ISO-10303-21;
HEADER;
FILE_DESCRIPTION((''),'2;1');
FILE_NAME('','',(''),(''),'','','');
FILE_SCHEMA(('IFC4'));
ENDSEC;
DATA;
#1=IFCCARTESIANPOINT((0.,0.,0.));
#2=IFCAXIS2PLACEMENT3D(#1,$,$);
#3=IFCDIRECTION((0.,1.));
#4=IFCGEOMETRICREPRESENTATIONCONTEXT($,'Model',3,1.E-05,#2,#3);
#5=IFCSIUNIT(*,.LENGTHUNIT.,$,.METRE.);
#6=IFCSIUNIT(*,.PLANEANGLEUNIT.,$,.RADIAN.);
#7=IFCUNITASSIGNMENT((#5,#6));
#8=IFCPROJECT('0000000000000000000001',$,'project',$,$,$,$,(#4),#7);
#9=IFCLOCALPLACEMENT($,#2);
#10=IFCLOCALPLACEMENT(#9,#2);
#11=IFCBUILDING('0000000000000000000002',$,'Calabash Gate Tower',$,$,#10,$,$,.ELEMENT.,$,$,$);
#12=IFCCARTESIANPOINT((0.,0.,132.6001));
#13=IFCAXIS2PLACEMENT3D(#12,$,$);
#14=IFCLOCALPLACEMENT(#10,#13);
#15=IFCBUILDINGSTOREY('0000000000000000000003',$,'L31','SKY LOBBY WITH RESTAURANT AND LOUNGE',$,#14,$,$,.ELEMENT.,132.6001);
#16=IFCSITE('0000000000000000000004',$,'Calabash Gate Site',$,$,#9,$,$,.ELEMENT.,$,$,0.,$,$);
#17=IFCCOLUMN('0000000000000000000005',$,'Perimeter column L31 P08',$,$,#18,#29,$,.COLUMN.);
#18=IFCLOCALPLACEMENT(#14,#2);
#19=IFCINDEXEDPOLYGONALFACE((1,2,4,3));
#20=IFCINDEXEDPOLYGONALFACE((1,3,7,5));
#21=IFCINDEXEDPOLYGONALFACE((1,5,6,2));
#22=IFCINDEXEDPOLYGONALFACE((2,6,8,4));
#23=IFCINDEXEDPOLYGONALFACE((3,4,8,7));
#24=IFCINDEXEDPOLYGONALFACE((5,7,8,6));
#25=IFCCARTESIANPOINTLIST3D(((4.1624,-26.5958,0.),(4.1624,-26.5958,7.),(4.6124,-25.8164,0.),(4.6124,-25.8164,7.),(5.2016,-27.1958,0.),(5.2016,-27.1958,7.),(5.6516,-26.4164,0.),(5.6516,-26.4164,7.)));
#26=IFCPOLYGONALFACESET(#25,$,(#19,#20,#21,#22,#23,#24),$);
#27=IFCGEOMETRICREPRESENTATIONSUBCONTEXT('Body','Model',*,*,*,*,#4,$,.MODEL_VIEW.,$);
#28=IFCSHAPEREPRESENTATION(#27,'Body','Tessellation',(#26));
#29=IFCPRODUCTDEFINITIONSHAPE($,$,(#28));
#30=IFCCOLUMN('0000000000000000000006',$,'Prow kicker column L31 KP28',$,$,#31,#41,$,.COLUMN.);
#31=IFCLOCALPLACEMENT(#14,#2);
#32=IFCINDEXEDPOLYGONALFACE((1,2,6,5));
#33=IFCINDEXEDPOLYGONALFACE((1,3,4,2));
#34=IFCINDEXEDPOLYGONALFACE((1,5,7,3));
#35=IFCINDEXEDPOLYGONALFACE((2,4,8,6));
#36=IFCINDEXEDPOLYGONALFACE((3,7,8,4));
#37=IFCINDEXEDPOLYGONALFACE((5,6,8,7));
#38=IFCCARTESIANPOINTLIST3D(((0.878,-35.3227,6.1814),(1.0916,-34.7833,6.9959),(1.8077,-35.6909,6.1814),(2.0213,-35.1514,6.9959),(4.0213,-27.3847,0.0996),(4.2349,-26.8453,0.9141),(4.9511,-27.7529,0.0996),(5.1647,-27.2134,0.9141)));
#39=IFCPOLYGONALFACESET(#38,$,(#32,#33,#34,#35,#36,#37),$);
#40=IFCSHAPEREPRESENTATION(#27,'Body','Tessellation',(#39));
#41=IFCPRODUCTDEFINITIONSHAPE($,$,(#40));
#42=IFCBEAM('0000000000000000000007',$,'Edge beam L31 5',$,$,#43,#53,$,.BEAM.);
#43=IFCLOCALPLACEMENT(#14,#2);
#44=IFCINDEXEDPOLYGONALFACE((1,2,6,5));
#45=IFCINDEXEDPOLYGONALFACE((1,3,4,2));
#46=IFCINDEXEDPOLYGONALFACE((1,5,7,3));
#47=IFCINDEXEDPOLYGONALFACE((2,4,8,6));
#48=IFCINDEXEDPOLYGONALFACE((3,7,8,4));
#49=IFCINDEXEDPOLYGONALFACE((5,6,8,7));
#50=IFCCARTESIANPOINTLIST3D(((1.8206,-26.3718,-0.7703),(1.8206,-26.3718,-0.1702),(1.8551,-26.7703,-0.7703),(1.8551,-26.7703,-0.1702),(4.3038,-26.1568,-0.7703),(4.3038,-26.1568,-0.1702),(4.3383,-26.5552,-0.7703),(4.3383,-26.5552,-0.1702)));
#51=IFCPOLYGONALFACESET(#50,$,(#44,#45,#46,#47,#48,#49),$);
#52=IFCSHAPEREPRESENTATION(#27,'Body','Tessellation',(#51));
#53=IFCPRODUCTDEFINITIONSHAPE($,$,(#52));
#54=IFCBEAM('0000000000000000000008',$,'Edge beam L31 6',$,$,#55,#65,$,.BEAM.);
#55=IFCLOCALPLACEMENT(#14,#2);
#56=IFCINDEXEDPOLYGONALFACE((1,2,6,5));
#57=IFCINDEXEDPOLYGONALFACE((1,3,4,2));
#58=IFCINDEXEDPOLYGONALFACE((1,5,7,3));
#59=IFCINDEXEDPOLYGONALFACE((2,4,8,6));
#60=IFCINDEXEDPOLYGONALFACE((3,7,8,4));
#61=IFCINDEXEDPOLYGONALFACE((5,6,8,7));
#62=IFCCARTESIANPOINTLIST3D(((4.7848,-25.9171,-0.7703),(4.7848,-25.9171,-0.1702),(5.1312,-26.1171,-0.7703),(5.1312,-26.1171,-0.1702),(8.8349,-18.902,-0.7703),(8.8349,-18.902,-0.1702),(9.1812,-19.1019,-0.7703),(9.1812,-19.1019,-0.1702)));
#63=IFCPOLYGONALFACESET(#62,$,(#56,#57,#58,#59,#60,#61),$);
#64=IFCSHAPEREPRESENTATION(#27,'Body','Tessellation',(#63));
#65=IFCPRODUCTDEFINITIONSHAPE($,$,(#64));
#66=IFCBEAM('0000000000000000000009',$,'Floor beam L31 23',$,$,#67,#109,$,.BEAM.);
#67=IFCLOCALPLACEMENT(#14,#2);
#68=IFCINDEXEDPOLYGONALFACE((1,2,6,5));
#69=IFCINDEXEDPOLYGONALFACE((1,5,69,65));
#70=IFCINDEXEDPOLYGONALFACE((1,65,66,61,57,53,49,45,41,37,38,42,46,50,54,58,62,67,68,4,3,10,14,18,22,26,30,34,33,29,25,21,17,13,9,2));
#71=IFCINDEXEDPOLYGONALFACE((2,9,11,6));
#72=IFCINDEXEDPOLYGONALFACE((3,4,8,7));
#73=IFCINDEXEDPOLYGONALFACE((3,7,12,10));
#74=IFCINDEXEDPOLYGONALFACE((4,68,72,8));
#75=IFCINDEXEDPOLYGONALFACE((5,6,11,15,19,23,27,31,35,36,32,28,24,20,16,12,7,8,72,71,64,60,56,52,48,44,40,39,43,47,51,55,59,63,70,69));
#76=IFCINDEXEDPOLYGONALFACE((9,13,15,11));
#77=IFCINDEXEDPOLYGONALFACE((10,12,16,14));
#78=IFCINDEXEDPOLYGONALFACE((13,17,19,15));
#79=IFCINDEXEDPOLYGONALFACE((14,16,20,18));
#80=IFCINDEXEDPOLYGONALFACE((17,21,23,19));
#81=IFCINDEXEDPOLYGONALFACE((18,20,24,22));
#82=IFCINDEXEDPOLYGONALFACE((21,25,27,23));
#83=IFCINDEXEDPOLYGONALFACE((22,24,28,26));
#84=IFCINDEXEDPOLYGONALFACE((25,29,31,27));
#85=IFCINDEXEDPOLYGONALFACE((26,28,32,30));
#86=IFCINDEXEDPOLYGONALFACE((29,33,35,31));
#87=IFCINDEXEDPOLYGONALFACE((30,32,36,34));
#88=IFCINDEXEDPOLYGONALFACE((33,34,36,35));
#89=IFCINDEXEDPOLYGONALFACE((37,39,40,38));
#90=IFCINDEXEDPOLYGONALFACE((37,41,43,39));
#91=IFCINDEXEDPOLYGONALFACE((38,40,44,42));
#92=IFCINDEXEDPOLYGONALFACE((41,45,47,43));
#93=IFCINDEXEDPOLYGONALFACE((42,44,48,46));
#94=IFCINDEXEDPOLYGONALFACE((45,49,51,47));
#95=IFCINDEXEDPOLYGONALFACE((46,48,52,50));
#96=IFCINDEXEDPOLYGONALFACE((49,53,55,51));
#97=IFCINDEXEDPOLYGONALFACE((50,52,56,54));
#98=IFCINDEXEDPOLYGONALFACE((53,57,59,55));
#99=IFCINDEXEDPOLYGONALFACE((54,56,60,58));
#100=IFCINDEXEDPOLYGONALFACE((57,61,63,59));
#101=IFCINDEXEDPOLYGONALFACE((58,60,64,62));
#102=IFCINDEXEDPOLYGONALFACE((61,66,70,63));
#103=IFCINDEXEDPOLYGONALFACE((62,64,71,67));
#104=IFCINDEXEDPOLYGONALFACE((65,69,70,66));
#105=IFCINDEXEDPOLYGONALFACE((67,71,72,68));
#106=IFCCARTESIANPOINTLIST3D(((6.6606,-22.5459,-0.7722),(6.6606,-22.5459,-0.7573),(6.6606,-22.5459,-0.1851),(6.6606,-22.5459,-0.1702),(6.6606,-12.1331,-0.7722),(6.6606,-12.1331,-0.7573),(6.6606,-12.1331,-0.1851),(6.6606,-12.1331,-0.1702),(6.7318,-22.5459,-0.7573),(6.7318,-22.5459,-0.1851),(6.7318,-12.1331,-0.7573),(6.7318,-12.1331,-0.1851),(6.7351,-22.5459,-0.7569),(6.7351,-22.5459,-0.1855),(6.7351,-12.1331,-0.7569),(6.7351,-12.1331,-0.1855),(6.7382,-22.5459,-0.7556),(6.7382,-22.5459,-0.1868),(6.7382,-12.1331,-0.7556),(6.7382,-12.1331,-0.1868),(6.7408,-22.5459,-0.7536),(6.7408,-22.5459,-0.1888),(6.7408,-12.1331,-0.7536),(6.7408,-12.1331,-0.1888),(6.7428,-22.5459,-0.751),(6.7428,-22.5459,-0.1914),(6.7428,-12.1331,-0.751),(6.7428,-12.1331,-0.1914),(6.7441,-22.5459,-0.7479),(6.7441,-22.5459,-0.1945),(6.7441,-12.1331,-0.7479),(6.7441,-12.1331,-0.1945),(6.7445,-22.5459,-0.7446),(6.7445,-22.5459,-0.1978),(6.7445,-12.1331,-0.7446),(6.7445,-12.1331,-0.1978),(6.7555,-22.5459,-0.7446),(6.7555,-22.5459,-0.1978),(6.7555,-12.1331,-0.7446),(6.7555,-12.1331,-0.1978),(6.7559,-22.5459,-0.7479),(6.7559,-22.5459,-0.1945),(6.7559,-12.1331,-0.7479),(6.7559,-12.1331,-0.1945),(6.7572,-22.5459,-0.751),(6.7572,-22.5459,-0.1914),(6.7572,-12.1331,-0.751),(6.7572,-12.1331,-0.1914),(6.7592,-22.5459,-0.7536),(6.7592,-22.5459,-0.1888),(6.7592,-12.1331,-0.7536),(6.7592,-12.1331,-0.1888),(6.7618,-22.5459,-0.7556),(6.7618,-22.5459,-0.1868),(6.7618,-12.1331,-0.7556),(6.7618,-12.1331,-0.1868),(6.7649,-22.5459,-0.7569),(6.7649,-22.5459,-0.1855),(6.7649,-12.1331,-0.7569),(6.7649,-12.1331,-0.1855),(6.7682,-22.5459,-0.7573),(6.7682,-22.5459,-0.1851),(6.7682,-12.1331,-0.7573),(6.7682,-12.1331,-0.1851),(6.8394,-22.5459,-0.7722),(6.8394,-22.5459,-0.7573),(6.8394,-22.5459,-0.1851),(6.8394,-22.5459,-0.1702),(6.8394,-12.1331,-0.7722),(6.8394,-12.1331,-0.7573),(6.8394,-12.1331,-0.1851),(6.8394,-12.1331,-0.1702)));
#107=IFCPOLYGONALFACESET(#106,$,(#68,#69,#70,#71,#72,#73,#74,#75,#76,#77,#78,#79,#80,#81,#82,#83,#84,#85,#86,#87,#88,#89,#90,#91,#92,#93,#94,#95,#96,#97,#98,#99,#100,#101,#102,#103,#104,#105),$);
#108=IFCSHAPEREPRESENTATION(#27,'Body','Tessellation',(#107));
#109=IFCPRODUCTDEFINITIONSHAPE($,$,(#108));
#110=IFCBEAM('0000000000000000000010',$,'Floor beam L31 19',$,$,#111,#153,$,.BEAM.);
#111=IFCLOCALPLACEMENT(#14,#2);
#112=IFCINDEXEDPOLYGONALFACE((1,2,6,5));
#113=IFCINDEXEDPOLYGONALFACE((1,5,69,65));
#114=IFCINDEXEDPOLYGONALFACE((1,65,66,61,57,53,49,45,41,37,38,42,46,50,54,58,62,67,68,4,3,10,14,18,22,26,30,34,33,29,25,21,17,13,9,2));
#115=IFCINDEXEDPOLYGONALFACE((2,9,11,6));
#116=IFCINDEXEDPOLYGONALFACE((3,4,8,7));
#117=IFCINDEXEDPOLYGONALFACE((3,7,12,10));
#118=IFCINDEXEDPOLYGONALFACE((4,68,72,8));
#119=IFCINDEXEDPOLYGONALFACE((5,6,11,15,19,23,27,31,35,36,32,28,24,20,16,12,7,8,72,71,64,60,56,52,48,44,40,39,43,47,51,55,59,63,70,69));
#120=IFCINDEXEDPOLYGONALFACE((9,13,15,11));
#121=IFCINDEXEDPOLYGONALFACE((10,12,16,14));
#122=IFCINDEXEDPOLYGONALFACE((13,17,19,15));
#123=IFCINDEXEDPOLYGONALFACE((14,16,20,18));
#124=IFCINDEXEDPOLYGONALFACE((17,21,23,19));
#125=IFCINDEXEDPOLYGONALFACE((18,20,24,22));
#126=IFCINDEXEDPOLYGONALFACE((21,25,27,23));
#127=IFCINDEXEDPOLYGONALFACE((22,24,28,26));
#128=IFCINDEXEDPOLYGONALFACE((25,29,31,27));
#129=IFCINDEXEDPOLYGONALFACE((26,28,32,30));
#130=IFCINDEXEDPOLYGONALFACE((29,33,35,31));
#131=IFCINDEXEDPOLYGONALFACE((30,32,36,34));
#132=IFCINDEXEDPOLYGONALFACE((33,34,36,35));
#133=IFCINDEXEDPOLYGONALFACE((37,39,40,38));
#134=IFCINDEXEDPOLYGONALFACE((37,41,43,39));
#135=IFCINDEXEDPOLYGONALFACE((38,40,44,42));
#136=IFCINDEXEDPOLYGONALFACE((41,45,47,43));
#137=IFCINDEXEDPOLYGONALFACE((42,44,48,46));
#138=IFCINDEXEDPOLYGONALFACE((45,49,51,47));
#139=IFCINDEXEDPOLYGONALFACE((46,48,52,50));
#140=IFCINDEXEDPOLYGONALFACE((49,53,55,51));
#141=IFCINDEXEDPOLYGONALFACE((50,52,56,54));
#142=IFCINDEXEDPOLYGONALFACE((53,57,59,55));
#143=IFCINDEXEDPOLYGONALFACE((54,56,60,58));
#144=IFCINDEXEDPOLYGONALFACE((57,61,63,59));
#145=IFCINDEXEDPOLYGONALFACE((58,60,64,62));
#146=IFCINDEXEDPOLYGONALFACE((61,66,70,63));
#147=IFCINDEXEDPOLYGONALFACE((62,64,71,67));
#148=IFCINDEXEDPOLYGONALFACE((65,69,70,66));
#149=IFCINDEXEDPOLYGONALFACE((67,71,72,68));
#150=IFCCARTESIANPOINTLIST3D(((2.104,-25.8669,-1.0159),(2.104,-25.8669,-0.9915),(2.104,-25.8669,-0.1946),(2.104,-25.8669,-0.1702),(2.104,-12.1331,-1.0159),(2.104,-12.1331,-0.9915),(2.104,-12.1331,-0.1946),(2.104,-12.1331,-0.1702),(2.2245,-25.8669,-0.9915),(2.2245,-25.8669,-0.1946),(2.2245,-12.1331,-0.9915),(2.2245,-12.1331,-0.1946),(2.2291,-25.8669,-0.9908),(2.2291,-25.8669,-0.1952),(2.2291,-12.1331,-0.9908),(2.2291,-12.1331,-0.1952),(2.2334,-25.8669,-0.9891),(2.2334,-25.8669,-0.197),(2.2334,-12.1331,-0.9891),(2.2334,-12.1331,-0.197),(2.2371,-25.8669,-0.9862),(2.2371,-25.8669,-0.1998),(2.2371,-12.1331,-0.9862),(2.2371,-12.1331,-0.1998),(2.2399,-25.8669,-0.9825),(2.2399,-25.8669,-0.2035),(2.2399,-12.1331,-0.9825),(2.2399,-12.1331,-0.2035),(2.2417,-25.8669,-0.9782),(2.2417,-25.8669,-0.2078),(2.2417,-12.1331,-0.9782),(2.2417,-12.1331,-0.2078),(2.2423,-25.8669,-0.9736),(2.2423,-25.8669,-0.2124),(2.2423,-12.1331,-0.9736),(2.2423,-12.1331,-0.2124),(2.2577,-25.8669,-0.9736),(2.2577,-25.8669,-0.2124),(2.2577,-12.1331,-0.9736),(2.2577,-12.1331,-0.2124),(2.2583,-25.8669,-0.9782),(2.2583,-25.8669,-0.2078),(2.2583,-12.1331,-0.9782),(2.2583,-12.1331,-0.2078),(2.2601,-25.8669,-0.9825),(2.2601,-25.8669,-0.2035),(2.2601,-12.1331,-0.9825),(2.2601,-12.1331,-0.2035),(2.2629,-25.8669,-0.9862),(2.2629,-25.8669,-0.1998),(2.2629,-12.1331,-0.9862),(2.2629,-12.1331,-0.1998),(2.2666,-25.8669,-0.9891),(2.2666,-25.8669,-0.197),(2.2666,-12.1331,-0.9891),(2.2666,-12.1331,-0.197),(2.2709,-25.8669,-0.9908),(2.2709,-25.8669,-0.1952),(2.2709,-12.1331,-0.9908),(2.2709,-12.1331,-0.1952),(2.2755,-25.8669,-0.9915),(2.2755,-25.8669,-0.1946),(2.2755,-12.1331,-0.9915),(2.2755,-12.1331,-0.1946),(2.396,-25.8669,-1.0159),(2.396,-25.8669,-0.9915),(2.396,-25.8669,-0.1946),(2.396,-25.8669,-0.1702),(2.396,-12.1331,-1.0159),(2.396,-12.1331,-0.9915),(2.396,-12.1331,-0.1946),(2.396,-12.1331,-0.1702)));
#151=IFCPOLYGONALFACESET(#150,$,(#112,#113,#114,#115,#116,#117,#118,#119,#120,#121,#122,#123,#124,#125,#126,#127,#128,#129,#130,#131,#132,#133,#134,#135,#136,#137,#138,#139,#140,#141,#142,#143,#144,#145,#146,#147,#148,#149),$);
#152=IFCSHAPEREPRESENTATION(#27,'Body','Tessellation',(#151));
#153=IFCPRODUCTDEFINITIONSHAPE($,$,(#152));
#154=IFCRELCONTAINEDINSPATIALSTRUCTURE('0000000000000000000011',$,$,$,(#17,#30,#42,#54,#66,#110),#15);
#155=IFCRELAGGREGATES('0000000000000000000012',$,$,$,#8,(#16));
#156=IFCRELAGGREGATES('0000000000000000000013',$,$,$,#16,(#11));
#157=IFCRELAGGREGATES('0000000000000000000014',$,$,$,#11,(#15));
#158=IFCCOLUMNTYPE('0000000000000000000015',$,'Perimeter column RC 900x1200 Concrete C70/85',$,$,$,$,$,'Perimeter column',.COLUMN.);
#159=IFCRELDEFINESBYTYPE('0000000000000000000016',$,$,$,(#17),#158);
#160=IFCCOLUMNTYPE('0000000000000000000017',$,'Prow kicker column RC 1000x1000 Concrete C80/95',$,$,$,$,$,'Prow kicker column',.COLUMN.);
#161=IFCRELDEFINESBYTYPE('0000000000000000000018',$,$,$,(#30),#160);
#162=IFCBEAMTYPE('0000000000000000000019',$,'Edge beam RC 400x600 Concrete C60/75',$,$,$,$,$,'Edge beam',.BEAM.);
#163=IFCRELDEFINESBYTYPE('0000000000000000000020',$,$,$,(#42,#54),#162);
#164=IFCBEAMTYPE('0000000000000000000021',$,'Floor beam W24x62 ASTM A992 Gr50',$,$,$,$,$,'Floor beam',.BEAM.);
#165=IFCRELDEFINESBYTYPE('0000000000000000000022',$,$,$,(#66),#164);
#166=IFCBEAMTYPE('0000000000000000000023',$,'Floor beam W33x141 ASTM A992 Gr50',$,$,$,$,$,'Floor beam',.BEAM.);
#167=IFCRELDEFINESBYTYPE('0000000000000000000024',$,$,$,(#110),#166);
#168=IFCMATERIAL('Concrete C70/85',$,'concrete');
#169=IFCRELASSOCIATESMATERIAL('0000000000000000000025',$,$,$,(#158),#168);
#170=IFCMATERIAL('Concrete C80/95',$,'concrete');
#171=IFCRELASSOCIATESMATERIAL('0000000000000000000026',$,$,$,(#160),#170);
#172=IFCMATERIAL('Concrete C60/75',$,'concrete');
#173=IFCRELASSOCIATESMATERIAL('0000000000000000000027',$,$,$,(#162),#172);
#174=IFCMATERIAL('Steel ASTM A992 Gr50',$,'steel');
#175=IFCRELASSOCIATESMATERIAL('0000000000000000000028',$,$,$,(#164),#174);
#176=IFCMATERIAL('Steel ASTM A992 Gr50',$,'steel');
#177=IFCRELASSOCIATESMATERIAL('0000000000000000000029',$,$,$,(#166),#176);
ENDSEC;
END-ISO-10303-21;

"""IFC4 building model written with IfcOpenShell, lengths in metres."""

from ifc_helpers import new_model, si_unit, direction, frame, origin, origin_2d, place, context, subcontext, project, spatial, rectangle, i_section, extrude, clip, halfspace, material, material_profile, profile_set, type_object, element, save


model = new_model("IFC4")

# Units and contexts
model_context = context("Model", 3, precision=1e-05, world=origin(), true_north=direction((0.0, 1.0)))
body_context = subcontext(model_context, "Body", "Model", "MODEL_VIEW")
ifc_project = project(units=[si_unit("LENGTHUNIT", "METRE"), si_unit("PLANEANGLEUNIT", "RADIAN")], contexts=[model_context])

# Site, building, storey
site_placement = place(None, origin())
site = spatial("IfcSite", under=ifc_project, at=site_placement, Name="Calabash Gate Site", CompositionType="ELEMENT", RefElevation=0.0)
building_placement = place(site_placement, origin())
building = spatial("IfcBuilding", under=site, at=building_placement, Name="Calabash Gate Tower", CompositionType="ELEMENT")
storey_placement = place(building_placement, frame((0.0, 0.0, 132.6001)))
storey = spatial("IfcBuildingStorey", under=building, at=storey_placement, Name="L31", Description="SKY LOBBY WITH RESTAURANT AND LOUNGE", CompositionType="ELEMENT", Elevation=132.6001)

# Columns
ifc_material_1 = material(Name="Concrete C70/85", Category="concrete")
ifc_material_profile_1 = material_profile(ifc_material_1, rectangle(XDim=0.8999, YDim=1.2, at=origin_2d()))
ifc_profile_set_1 = profile_set([ifc_material_profile_1], Name="Concrete C70/85")
column_type_1 = type_object("IfcColumnType", Name="Perimeter column RC 900x1200 Concrete C70/85", ElementType="Perimeter column", PredefinedType="COLUMN", material=ifc_profile_set_1)
column_1_placement = place(storey_placement, frame((4.907, -26.5061, 0.0), z_axis=(0.0, 0.0, 1.0), x_axis=(0.5, 0.866025, 0.0)))
element("IfcColumn", 1, at=column_1_placement, inside=storey, type_object=column_type_1, Name="Perimeter column L31 P08", PredefinedType="COLUMN", context=body_context, shape_type="SweptSolid", body=[
    extrude(rectangle(XDim=0.8999, YDim=1.2, at=origin_2d()), origin(), (0.0, 0.0, 1.0), 7.0),
])
ifc_material_2 = material(Name="Concrete C80/95", Category="concrete")
ifc_material_profile_2 = material_profile(ifc_material_2, rectangle(XDim=1.0, YDim=1.0, at=origin_2d()))
ifc_profile_set_2 = profile_set([ifc_material_profile_2], Name="Concrete C80/95")
column_type_2 = type_object("IfcColumnType", Name="Prow kicker column RC 1000x1000 Concrete C80/95", ElementType="Prow kicker column", PredefinedType="COLUMN", material=ifc_profile_set_2)
column_2_placement = place(storey_placement, frame((4.593, -27.2991, 0.5068), z_axis=(-0.29987, -0.757267, 0.580194), x_axis=(0.213612, 0.539439, 0.814478)))
element("IfcColumn", 2, at=column_2_placement, inside=storey, type_object=column_type_2, Name="Prow kicker column L31 KP28", PredefinedType="COLUMN", context=body_context, shape_type="Clipping", body=[
    clip(extrude(rectangle(XDim=1.0, YDim=1.0, at=origin_2d()), origin(), (0.0, 0.0, 1.0), 11.1914), halfspace(frame((0.0, 0.0, 10.4824), z_axis=(0.0, 0.0, 1.0), x_axis=(1.0, 0.0, 0.0)), False)),
])

# Beams
ifc_material_3 = material(Name="Concrete C60/75", Category="concrete")
ifc_material_profile_3 = material_profile(ifc_material_3, rectangle(XDim=0.3999, YDim=0.6001, at=origin_2d()))
ifc_profile_set_3 = profile_set([ifc_material_profile_3], Name="Concrete C60/75")
beam_type_1 = type_object("IfcBeamType", Name="Edge beam RC 400x600 Concrete C60/75", ElementType="Edge beam", PredefinedType="BEAM", material=ifc_profile_set_3)
beam_1_placement = place(storey_placement, frame((1.8379, -26.571, -0.4702), z_axis=(0.99627, 0.086296, 0.0), x_axis=(-0.086296, 0.99627, 0.0)))
element("IfcBeam", 3, at=beam_1_placement, inside=storey, type_object=beam_type_1, Name="Edge beam L31 5", PredefinedType="BEAM", context=body_context, shape_type="SweptSolid", body=[
    extrude(rectangle(XDim=0.3999, YDim=0.6001, at=origin_2d()), origin(), (0.0, 0.0, 1.0), 2.4924),
])
beam_2_placement = place(storey_placement, frame((4.958, -26.0171, -0.4702), z_axis=(0.499987, 0.866033, 0.0), x_axis=(-0.866033, 0.499987, 0.0)))
element("IfcBeam", 4, at=beam_2_placement, inside=storey, type_object=beam_type_1, Name="Edge beam L31 6", PredefinedType="BEAM", context=body_context, shape_type="SweptSolid", body=[
    extrude(rectangle(XDim=0.3999, YDim=0.6001, at=origin_2d()), origin(), (0.0, 0.0, 1.0), 8.1003),
])
ifc_material_4 = material(Name="Steel ASTM A992 Gr50", Category="steel")
ifc_material_profile_4 = material_profile(ifc_material_4, i_section(OverallWidth=0.1787, OverallDepth=0.6021, WebThickness=0.011, FlangeThickness=0.0149, FilletRadius=0.0127, at=origin_2d()))
ifc_profile_set_4 = profile_set([ifc_material_profile_4], Name="Steel ASTM A992 Gr50")
beam_type_2 = type_object("IfcBeamType", Name="Floor beam W24x62 ASTM A992 Gr50", ElementType="Floor beam", PredefinedType="BEAM", material=ifc_profile_set_4)
beam_3_placement = place(storey_placement, frame((6.75, -22.5459, -0.4712), z_axis=(0.0, 1.0, 0.0), x_axis=(-1.0, 0.0, 0.0)))
element("IfcBeam", 5, at=beam_3_placement, inside=storey, type_object=beam_type_2, Name="Floor beam L31 23", PredefinedType="BEAM", context=body_context, shape_type="SweptSolid", body=[
    extrude(i_section(OverallWidth=0.1787, OverallDepth=0.6021, WebThickness=0.011, FlangeThickness=0.0149, FilletRadius=0.0127, at=origin_2d()), origin(), (0.0, 0.0, 1.0), 10.4128),
])
ifc_material_5 = material(Name="Steel ASTM A992 Gr50", Category="steel")
ifc_material_profile_5 = material_profile(ifc_material_5, i_section(OverallWidth=0.292, OverallDepth=0.8457, WebThickness=0.0154, FlangeThickness=0.0244, FilletRadius=0.0178, at=origin_2d()))
ifc_profile_set_5 = profile_set([ifc_material_profile_5], Name="Steel ASTM A992 Gr50")
beam_type_3 = type_object("IfcBeamType", Name="Floor beam W33x141 ASTM A992 Gr50", ElementType="Floor beam", PredefinedType="BEAM", material=ifc_profile_set_5)
beam_4_placement = place(storey_placement, frame((2.25, -25.8669, -0.593), z_axis=(0.0, 1.0, 0.0), x_axis=(-1.0, 0.0, 0.0)))
element("IfcBeam", 6, at=beam_4_placement, inside=storey, type_object=beam_type_3, Name="Floor beam L31 19", PredefinedType="BEAM", context=body_context, shape_type="SweptSolid", body=[
    extrude(i_section(OverallWidth=0.292, OverallDepth=0.8457, WebThickness=0.0154, FlangeThickness=0.0244, FilletRadius=0.0178, at=origin_2d()), origin(), (0.0, 0.0, 1.0), 13.7339),
])

save(model, "model.ifc")
